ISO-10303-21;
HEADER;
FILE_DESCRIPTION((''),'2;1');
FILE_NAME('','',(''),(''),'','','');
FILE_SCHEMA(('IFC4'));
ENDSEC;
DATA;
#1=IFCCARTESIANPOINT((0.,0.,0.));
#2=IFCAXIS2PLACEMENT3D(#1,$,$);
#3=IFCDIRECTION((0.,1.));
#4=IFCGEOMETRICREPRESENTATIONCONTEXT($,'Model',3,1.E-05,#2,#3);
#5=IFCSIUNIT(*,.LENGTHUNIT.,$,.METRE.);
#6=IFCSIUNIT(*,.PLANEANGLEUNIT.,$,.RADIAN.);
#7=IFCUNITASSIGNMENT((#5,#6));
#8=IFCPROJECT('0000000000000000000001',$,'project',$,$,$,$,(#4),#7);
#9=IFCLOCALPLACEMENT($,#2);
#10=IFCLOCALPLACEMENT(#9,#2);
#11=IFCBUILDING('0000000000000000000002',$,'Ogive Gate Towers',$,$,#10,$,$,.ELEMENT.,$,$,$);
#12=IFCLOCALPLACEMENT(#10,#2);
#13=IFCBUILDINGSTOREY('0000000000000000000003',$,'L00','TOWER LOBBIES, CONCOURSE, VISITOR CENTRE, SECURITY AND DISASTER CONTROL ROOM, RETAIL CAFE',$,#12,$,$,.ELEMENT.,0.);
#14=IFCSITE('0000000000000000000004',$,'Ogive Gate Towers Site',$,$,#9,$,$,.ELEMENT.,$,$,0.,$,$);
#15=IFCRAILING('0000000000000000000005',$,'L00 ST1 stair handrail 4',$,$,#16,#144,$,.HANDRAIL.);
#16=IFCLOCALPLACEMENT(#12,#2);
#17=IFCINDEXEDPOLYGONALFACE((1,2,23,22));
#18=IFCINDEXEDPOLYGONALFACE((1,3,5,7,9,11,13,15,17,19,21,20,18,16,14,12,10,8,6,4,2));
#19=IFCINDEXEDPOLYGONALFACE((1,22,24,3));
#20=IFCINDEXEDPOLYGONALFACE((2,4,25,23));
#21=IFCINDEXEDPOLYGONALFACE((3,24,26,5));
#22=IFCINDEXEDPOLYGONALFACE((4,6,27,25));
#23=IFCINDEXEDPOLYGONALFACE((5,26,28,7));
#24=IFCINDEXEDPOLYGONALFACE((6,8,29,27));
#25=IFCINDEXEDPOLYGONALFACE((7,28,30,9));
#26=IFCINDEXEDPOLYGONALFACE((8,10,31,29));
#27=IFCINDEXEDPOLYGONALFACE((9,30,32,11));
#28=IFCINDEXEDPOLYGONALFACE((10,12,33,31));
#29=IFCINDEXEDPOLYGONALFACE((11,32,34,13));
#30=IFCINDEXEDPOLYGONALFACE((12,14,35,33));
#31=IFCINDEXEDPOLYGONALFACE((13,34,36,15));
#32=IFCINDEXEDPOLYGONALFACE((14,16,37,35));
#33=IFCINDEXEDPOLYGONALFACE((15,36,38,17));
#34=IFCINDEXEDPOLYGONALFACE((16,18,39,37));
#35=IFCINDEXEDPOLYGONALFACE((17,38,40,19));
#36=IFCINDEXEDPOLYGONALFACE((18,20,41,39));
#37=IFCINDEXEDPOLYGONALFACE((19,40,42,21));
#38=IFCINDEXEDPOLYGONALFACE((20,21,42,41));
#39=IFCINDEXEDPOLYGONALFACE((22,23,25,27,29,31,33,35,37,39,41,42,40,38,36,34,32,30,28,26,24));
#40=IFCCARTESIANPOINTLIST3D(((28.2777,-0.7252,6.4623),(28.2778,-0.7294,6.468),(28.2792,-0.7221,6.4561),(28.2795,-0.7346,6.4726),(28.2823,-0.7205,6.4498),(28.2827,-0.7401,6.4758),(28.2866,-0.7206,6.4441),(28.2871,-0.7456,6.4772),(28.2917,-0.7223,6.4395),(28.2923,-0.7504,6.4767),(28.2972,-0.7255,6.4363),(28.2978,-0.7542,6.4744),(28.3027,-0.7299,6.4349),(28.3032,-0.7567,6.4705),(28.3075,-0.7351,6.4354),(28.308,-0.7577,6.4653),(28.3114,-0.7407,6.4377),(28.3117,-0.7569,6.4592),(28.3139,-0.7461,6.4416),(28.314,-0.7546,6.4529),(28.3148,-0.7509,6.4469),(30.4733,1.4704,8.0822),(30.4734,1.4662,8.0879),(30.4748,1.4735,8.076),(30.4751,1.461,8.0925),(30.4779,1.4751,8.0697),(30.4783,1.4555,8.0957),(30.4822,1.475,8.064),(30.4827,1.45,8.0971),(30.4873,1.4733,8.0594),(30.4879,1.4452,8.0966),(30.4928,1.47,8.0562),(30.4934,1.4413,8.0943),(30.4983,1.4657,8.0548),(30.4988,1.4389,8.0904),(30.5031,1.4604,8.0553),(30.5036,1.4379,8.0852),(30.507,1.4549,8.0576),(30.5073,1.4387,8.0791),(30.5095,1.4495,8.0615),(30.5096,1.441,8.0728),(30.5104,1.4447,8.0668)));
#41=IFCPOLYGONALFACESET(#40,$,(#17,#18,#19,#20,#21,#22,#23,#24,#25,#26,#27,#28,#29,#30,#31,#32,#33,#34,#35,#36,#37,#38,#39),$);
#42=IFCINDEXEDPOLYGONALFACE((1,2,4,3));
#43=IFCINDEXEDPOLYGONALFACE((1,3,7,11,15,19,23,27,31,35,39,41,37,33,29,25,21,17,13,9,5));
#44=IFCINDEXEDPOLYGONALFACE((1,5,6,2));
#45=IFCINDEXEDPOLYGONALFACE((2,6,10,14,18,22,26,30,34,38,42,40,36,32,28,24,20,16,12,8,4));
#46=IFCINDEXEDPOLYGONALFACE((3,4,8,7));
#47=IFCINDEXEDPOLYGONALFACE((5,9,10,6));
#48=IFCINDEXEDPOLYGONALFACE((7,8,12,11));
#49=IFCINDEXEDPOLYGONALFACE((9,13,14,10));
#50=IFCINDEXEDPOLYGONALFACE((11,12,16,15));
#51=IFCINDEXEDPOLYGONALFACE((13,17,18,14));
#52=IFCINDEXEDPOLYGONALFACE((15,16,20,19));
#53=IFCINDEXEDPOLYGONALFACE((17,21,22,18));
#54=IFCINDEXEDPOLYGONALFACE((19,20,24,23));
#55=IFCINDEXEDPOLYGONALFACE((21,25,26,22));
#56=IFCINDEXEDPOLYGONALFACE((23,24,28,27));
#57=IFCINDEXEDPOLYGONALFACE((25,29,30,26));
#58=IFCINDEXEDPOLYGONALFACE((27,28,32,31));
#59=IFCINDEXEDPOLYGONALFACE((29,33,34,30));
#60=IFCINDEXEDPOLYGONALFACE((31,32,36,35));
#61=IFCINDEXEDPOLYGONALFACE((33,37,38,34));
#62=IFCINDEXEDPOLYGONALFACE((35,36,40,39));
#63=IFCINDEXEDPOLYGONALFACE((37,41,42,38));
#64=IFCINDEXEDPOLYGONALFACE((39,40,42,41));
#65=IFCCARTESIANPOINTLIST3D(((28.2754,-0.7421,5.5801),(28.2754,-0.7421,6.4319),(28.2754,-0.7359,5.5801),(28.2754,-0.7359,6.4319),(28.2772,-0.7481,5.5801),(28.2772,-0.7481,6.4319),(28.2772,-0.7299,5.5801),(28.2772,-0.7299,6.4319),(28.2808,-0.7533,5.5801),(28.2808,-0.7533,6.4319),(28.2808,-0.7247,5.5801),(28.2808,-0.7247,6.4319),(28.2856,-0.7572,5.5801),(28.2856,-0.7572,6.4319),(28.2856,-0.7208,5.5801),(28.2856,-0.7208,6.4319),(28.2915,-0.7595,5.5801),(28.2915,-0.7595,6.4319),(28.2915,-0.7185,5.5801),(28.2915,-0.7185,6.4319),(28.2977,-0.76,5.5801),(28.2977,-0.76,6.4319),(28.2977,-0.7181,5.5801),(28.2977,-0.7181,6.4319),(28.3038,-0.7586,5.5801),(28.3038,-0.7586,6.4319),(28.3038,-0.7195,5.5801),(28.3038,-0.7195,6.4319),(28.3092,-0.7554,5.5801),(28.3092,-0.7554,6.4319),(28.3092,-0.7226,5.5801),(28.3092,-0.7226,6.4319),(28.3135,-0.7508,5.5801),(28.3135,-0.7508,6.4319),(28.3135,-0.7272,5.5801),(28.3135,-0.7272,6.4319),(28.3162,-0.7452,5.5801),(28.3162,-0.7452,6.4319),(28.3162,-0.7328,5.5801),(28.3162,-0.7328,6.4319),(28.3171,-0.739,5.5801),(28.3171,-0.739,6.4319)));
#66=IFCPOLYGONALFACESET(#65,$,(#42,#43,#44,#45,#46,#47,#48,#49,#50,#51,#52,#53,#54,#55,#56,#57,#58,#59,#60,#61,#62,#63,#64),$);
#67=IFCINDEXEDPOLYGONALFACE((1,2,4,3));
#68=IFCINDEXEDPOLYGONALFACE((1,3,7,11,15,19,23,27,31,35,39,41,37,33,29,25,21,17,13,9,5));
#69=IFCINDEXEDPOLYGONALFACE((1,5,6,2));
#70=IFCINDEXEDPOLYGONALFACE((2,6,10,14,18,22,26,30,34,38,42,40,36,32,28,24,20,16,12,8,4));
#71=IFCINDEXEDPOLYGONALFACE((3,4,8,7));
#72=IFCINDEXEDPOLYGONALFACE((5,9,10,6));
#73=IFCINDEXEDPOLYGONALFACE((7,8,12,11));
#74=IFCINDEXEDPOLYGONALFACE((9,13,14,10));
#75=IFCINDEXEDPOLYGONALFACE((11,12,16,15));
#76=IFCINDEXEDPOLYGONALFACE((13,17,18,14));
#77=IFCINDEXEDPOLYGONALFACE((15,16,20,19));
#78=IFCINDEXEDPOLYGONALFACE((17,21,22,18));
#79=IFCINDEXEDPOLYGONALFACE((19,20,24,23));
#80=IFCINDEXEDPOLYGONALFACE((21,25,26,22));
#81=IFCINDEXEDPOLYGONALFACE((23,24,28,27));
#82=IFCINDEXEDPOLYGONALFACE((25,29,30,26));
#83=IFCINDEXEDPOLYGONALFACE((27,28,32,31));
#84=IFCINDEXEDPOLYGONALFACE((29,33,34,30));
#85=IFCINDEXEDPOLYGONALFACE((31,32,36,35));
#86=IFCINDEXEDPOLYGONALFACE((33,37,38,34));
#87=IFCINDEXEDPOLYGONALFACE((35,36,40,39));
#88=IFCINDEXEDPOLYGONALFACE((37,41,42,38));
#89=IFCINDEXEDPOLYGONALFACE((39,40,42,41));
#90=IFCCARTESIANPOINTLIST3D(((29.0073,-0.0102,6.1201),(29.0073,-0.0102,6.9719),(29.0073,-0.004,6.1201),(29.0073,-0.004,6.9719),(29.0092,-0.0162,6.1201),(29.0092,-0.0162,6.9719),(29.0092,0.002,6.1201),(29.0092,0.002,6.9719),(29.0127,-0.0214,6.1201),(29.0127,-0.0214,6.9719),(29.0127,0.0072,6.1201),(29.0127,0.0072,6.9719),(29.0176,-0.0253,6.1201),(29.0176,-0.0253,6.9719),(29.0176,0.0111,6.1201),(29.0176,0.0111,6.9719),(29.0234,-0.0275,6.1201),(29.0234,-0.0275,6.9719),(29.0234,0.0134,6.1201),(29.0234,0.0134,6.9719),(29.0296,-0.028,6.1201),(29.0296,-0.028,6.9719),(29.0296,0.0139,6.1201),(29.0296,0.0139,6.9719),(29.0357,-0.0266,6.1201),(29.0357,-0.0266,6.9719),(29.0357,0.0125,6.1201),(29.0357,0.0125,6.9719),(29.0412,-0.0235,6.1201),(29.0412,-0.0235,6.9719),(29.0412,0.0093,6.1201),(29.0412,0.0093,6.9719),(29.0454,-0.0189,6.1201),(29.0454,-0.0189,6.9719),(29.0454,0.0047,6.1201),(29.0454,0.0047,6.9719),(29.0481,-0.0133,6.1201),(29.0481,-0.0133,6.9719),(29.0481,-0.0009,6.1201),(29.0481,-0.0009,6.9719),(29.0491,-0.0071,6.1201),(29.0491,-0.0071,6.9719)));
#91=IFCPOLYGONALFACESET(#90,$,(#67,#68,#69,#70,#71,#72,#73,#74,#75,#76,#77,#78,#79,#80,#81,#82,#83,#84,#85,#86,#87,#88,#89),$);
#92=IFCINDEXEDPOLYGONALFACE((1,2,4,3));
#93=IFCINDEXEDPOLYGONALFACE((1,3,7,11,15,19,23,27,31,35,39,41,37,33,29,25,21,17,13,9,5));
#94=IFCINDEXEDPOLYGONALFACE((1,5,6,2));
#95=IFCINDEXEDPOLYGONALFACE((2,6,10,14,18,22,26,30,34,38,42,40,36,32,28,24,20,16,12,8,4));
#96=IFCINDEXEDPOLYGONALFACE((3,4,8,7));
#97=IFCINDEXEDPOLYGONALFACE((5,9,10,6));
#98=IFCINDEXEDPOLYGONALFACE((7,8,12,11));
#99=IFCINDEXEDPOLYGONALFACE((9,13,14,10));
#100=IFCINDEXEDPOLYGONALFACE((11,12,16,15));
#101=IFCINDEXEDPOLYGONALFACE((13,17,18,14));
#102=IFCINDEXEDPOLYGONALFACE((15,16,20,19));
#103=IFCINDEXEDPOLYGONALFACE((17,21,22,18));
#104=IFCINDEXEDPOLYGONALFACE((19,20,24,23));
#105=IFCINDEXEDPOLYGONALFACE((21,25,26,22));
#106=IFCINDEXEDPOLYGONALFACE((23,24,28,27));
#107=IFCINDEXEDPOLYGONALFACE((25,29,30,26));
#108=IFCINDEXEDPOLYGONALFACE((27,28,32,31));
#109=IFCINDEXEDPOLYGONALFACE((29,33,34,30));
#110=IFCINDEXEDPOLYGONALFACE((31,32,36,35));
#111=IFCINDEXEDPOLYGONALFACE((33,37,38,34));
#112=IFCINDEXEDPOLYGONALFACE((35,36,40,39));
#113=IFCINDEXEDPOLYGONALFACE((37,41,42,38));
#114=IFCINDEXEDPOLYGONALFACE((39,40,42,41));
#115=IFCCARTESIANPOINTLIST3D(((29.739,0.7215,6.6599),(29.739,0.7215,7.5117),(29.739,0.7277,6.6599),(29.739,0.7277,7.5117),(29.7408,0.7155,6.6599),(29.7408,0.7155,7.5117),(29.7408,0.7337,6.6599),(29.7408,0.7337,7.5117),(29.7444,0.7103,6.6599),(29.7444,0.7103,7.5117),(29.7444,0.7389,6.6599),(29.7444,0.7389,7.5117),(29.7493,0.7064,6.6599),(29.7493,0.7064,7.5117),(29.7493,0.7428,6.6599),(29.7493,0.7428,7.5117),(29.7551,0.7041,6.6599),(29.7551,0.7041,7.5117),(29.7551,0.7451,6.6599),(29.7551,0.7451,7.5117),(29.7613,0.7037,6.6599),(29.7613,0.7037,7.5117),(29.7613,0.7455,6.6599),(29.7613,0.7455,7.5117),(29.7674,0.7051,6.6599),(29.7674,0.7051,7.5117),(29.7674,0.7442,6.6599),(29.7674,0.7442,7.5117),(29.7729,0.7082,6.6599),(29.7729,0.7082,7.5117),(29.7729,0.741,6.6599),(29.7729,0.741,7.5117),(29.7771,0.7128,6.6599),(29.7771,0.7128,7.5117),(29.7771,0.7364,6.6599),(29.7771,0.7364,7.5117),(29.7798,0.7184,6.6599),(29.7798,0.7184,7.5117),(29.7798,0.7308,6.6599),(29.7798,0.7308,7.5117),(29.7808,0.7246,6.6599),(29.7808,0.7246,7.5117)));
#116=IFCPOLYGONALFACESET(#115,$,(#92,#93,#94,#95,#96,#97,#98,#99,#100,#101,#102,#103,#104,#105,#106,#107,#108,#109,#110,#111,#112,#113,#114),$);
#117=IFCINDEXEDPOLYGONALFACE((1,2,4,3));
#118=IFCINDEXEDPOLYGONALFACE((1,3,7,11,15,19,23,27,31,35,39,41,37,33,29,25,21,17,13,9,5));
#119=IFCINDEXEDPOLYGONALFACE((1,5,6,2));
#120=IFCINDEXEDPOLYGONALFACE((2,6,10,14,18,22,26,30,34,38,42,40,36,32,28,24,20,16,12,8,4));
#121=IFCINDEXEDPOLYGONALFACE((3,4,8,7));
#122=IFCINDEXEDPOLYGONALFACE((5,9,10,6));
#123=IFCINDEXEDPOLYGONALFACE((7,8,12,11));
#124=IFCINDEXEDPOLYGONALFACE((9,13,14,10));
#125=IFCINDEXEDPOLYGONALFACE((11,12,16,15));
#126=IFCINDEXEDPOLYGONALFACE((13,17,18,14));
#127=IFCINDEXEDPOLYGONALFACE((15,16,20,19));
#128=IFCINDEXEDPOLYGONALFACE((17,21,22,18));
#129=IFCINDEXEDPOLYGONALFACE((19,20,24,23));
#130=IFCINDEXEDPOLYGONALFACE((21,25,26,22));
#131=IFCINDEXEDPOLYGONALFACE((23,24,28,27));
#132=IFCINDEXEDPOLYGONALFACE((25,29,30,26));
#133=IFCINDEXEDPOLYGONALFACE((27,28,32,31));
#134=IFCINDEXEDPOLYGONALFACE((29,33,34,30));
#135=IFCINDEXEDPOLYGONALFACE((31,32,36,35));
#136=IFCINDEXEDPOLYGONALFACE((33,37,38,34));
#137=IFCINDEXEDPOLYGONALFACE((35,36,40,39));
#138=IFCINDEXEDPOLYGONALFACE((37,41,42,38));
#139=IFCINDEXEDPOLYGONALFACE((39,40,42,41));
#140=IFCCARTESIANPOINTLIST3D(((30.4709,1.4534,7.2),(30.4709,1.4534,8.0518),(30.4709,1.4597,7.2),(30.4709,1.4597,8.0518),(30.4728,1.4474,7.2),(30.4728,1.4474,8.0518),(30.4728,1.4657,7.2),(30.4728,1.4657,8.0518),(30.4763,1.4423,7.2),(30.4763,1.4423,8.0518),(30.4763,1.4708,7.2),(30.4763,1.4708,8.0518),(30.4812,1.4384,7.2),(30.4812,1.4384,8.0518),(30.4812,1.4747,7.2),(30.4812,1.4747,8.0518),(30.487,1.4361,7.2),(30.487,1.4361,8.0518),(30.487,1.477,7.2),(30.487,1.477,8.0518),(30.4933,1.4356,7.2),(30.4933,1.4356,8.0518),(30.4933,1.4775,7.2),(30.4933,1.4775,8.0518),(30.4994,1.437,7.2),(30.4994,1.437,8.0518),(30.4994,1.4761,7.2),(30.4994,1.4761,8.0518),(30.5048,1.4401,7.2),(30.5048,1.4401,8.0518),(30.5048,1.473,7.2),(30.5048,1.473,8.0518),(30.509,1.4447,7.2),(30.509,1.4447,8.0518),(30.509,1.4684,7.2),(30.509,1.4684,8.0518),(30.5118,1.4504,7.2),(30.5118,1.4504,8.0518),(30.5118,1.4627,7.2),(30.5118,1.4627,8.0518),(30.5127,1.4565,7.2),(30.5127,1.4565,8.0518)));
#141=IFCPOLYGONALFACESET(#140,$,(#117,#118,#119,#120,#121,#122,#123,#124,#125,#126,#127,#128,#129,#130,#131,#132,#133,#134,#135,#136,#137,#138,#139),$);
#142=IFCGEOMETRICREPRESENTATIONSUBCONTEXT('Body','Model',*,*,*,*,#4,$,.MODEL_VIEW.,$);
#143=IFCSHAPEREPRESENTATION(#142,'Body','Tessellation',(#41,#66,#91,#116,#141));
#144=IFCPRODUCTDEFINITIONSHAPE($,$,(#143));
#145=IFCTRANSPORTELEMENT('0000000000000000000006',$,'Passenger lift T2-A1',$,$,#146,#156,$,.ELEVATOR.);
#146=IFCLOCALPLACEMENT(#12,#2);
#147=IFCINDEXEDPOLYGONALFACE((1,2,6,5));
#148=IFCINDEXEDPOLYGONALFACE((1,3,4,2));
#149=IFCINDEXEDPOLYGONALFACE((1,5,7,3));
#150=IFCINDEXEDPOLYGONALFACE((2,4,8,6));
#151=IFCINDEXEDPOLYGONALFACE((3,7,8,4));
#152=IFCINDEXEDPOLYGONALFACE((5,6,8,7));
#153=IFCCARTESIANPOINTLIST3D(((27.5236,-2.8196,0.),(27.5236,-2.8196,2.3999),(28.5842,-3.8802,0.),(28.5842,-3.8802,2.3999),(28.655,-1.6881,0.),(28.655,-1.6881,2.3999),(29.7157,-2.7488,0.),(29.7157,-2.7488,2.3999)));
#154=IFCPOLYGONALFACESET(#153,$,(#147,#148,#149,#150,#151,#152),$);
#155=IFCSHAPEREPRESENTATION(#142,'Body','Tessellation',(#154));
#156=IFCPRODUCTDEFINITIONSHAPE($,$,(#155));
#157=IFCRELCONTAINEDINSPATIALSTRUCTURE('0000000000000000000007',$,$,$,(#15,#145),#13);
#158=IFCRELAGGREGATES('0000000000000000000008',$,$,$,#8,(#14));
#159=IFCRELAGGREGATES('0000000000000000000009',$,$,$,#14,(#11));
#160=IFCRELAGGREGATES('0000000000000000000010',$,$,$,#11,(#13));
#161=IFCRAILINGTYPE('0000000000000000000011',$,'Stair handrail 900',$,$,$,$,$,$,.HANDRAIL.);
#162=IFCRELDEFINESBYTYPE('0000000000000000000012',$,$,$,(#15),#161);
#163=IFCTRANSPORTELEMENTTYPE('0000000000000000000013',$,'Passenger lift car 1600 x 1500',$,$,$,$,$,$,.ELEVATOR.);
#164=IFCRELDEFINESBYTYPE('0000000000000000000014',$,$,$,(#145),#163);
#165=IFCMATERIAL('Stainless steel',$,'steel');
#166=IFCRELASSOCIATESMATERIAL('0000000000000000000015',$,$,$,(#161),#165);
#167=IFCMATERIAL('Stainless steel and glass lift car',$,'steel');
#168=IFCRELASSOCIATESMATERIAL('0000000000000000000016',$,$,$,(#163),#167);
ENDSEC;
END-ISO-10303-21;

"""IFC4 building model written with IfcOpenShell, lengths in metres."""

from ifc_helpers import new_model, si_unit, direction, frame, origin, origin_2d, place, context, subcontext, project, spatial, rectangle, circle, extrude, material, type_object, element, save


model = new_model("IFC4")

# Units and contexts
model_context = context("Model", 3, precision=1e-05, world=origin(), true_north=direction((0.0, 1.0)))
body_context = subcontext(model_context, "Body", "Model", "MODEL_VIEW")
ifc_project = project(units=[si_unit("LENGTHUNIT", "METRE"), si_unit("PLANEANGLEUNIT", "RADIAN")], contexts=[model_context])

# Site, building, storey
site_placement = place(None, origin())
site = spatial("IfcSite", under=ifc_project, at=site_placement, Name="Ogive Gate Towers Site", CompositionType="ELEMENT", RefElevation=0.0)
building_placement = place(site_placement, origin())
building = spatial("IfcBuilding", under=site, at=building_placement, Name="Ogive Gate Towers", CompositionType="ELEMENT")
storey_placement = place(building_placement, origin())
storey = spatial("IfcBuildingStorey", under=building, at=storey_placement, Name="L00", Description="TOWER LOBBIES, CONCOURSE, VISITOR CENTRE, SECURITY AND DISASTER CONTROL ROOM, RETAIL CAFE", CompositionType="ELEMENT", Elevation=0.0)

# Railing
ifc_material_1 = material(Name="Stainless steel", Category="steel")
railing_type = type_object("IfcRailingType", Name="Stair handrail 900", PredefinedType="HANDRAIL", material=ifc_material_1)
railing_1_placement = place(storey_placement, frame((28.2961, -0.739, 5.5801)))
element("IfcRailing", 1, at=railing_1_placement, inside=storey, type_object=railing_type, Name="L00 ST1 stair handrail 4", PredefinedType="HANDRAIL", context=body_context, shape_type="SweptSolid", body=[
    extrude(circle(Radius=0.0239, at=origin_2d()), frame((0.0, 0.0, 0.876), z_axis=(0.62692, 0.62692, 0.462539), x_axis=(-0.707107, 0.707107, 0.0)), (0.0, 0.0, 1.0), 3.5022),
    extrude(circle(Radius=0.021, at=origin_2d()), origin(), (0.0, 0.0, 1.0), 0.8518),
    extrude(circle(Radius=0.021, at=origin_2d()), frame((0.7319, 0.7319, 0.54)), (0.0, 0.0, 1.0), 0.8518),
    extrude(circle(Radius=0.021, at=origin_2d()), frame((1.4636, 1.4636, 1.0798)), (0.0, 0.0, 1.0), 0.8518),
    extrude(circle(Radius=0.021, at=origin_2d()), frame((2.1956, 2.1956, 1.6199)), (0.0, 0.0, 1.0), 0.8518),
])

# Transport element
ifc_material_2 = material(Name="Stainless steel and glass lift car", Category="steel")
transport_element_type = type_object("IfcTransportElementType", Name="Passenger lift car 1600 x 1500", PredefinedType="ELEVATOR", material=ifc_material_2)
transport_element_placement = place(storey_placement, frame((28.6196, -2.7842, 0.0), z_axis=(0.0, 0.0, 1.0), x_axis=(0.707107, 0.707107, 0.0)))
element("IfcTransportElement", 2, at=transport_element_placement, inside=storey, type_object=transport_element_type, Name="Passenger lift T2-A1", PredefinedType="ELEVATOR", context=body_context, shape_type="SweptSolid", body=[
    extrude(rectangle(XDim=1.6001, YDim=1.5, at=origin_2d()), origin(), (0.0, 0.0, 1.0), 2.3999),
])

save(model, "model.ifc")
